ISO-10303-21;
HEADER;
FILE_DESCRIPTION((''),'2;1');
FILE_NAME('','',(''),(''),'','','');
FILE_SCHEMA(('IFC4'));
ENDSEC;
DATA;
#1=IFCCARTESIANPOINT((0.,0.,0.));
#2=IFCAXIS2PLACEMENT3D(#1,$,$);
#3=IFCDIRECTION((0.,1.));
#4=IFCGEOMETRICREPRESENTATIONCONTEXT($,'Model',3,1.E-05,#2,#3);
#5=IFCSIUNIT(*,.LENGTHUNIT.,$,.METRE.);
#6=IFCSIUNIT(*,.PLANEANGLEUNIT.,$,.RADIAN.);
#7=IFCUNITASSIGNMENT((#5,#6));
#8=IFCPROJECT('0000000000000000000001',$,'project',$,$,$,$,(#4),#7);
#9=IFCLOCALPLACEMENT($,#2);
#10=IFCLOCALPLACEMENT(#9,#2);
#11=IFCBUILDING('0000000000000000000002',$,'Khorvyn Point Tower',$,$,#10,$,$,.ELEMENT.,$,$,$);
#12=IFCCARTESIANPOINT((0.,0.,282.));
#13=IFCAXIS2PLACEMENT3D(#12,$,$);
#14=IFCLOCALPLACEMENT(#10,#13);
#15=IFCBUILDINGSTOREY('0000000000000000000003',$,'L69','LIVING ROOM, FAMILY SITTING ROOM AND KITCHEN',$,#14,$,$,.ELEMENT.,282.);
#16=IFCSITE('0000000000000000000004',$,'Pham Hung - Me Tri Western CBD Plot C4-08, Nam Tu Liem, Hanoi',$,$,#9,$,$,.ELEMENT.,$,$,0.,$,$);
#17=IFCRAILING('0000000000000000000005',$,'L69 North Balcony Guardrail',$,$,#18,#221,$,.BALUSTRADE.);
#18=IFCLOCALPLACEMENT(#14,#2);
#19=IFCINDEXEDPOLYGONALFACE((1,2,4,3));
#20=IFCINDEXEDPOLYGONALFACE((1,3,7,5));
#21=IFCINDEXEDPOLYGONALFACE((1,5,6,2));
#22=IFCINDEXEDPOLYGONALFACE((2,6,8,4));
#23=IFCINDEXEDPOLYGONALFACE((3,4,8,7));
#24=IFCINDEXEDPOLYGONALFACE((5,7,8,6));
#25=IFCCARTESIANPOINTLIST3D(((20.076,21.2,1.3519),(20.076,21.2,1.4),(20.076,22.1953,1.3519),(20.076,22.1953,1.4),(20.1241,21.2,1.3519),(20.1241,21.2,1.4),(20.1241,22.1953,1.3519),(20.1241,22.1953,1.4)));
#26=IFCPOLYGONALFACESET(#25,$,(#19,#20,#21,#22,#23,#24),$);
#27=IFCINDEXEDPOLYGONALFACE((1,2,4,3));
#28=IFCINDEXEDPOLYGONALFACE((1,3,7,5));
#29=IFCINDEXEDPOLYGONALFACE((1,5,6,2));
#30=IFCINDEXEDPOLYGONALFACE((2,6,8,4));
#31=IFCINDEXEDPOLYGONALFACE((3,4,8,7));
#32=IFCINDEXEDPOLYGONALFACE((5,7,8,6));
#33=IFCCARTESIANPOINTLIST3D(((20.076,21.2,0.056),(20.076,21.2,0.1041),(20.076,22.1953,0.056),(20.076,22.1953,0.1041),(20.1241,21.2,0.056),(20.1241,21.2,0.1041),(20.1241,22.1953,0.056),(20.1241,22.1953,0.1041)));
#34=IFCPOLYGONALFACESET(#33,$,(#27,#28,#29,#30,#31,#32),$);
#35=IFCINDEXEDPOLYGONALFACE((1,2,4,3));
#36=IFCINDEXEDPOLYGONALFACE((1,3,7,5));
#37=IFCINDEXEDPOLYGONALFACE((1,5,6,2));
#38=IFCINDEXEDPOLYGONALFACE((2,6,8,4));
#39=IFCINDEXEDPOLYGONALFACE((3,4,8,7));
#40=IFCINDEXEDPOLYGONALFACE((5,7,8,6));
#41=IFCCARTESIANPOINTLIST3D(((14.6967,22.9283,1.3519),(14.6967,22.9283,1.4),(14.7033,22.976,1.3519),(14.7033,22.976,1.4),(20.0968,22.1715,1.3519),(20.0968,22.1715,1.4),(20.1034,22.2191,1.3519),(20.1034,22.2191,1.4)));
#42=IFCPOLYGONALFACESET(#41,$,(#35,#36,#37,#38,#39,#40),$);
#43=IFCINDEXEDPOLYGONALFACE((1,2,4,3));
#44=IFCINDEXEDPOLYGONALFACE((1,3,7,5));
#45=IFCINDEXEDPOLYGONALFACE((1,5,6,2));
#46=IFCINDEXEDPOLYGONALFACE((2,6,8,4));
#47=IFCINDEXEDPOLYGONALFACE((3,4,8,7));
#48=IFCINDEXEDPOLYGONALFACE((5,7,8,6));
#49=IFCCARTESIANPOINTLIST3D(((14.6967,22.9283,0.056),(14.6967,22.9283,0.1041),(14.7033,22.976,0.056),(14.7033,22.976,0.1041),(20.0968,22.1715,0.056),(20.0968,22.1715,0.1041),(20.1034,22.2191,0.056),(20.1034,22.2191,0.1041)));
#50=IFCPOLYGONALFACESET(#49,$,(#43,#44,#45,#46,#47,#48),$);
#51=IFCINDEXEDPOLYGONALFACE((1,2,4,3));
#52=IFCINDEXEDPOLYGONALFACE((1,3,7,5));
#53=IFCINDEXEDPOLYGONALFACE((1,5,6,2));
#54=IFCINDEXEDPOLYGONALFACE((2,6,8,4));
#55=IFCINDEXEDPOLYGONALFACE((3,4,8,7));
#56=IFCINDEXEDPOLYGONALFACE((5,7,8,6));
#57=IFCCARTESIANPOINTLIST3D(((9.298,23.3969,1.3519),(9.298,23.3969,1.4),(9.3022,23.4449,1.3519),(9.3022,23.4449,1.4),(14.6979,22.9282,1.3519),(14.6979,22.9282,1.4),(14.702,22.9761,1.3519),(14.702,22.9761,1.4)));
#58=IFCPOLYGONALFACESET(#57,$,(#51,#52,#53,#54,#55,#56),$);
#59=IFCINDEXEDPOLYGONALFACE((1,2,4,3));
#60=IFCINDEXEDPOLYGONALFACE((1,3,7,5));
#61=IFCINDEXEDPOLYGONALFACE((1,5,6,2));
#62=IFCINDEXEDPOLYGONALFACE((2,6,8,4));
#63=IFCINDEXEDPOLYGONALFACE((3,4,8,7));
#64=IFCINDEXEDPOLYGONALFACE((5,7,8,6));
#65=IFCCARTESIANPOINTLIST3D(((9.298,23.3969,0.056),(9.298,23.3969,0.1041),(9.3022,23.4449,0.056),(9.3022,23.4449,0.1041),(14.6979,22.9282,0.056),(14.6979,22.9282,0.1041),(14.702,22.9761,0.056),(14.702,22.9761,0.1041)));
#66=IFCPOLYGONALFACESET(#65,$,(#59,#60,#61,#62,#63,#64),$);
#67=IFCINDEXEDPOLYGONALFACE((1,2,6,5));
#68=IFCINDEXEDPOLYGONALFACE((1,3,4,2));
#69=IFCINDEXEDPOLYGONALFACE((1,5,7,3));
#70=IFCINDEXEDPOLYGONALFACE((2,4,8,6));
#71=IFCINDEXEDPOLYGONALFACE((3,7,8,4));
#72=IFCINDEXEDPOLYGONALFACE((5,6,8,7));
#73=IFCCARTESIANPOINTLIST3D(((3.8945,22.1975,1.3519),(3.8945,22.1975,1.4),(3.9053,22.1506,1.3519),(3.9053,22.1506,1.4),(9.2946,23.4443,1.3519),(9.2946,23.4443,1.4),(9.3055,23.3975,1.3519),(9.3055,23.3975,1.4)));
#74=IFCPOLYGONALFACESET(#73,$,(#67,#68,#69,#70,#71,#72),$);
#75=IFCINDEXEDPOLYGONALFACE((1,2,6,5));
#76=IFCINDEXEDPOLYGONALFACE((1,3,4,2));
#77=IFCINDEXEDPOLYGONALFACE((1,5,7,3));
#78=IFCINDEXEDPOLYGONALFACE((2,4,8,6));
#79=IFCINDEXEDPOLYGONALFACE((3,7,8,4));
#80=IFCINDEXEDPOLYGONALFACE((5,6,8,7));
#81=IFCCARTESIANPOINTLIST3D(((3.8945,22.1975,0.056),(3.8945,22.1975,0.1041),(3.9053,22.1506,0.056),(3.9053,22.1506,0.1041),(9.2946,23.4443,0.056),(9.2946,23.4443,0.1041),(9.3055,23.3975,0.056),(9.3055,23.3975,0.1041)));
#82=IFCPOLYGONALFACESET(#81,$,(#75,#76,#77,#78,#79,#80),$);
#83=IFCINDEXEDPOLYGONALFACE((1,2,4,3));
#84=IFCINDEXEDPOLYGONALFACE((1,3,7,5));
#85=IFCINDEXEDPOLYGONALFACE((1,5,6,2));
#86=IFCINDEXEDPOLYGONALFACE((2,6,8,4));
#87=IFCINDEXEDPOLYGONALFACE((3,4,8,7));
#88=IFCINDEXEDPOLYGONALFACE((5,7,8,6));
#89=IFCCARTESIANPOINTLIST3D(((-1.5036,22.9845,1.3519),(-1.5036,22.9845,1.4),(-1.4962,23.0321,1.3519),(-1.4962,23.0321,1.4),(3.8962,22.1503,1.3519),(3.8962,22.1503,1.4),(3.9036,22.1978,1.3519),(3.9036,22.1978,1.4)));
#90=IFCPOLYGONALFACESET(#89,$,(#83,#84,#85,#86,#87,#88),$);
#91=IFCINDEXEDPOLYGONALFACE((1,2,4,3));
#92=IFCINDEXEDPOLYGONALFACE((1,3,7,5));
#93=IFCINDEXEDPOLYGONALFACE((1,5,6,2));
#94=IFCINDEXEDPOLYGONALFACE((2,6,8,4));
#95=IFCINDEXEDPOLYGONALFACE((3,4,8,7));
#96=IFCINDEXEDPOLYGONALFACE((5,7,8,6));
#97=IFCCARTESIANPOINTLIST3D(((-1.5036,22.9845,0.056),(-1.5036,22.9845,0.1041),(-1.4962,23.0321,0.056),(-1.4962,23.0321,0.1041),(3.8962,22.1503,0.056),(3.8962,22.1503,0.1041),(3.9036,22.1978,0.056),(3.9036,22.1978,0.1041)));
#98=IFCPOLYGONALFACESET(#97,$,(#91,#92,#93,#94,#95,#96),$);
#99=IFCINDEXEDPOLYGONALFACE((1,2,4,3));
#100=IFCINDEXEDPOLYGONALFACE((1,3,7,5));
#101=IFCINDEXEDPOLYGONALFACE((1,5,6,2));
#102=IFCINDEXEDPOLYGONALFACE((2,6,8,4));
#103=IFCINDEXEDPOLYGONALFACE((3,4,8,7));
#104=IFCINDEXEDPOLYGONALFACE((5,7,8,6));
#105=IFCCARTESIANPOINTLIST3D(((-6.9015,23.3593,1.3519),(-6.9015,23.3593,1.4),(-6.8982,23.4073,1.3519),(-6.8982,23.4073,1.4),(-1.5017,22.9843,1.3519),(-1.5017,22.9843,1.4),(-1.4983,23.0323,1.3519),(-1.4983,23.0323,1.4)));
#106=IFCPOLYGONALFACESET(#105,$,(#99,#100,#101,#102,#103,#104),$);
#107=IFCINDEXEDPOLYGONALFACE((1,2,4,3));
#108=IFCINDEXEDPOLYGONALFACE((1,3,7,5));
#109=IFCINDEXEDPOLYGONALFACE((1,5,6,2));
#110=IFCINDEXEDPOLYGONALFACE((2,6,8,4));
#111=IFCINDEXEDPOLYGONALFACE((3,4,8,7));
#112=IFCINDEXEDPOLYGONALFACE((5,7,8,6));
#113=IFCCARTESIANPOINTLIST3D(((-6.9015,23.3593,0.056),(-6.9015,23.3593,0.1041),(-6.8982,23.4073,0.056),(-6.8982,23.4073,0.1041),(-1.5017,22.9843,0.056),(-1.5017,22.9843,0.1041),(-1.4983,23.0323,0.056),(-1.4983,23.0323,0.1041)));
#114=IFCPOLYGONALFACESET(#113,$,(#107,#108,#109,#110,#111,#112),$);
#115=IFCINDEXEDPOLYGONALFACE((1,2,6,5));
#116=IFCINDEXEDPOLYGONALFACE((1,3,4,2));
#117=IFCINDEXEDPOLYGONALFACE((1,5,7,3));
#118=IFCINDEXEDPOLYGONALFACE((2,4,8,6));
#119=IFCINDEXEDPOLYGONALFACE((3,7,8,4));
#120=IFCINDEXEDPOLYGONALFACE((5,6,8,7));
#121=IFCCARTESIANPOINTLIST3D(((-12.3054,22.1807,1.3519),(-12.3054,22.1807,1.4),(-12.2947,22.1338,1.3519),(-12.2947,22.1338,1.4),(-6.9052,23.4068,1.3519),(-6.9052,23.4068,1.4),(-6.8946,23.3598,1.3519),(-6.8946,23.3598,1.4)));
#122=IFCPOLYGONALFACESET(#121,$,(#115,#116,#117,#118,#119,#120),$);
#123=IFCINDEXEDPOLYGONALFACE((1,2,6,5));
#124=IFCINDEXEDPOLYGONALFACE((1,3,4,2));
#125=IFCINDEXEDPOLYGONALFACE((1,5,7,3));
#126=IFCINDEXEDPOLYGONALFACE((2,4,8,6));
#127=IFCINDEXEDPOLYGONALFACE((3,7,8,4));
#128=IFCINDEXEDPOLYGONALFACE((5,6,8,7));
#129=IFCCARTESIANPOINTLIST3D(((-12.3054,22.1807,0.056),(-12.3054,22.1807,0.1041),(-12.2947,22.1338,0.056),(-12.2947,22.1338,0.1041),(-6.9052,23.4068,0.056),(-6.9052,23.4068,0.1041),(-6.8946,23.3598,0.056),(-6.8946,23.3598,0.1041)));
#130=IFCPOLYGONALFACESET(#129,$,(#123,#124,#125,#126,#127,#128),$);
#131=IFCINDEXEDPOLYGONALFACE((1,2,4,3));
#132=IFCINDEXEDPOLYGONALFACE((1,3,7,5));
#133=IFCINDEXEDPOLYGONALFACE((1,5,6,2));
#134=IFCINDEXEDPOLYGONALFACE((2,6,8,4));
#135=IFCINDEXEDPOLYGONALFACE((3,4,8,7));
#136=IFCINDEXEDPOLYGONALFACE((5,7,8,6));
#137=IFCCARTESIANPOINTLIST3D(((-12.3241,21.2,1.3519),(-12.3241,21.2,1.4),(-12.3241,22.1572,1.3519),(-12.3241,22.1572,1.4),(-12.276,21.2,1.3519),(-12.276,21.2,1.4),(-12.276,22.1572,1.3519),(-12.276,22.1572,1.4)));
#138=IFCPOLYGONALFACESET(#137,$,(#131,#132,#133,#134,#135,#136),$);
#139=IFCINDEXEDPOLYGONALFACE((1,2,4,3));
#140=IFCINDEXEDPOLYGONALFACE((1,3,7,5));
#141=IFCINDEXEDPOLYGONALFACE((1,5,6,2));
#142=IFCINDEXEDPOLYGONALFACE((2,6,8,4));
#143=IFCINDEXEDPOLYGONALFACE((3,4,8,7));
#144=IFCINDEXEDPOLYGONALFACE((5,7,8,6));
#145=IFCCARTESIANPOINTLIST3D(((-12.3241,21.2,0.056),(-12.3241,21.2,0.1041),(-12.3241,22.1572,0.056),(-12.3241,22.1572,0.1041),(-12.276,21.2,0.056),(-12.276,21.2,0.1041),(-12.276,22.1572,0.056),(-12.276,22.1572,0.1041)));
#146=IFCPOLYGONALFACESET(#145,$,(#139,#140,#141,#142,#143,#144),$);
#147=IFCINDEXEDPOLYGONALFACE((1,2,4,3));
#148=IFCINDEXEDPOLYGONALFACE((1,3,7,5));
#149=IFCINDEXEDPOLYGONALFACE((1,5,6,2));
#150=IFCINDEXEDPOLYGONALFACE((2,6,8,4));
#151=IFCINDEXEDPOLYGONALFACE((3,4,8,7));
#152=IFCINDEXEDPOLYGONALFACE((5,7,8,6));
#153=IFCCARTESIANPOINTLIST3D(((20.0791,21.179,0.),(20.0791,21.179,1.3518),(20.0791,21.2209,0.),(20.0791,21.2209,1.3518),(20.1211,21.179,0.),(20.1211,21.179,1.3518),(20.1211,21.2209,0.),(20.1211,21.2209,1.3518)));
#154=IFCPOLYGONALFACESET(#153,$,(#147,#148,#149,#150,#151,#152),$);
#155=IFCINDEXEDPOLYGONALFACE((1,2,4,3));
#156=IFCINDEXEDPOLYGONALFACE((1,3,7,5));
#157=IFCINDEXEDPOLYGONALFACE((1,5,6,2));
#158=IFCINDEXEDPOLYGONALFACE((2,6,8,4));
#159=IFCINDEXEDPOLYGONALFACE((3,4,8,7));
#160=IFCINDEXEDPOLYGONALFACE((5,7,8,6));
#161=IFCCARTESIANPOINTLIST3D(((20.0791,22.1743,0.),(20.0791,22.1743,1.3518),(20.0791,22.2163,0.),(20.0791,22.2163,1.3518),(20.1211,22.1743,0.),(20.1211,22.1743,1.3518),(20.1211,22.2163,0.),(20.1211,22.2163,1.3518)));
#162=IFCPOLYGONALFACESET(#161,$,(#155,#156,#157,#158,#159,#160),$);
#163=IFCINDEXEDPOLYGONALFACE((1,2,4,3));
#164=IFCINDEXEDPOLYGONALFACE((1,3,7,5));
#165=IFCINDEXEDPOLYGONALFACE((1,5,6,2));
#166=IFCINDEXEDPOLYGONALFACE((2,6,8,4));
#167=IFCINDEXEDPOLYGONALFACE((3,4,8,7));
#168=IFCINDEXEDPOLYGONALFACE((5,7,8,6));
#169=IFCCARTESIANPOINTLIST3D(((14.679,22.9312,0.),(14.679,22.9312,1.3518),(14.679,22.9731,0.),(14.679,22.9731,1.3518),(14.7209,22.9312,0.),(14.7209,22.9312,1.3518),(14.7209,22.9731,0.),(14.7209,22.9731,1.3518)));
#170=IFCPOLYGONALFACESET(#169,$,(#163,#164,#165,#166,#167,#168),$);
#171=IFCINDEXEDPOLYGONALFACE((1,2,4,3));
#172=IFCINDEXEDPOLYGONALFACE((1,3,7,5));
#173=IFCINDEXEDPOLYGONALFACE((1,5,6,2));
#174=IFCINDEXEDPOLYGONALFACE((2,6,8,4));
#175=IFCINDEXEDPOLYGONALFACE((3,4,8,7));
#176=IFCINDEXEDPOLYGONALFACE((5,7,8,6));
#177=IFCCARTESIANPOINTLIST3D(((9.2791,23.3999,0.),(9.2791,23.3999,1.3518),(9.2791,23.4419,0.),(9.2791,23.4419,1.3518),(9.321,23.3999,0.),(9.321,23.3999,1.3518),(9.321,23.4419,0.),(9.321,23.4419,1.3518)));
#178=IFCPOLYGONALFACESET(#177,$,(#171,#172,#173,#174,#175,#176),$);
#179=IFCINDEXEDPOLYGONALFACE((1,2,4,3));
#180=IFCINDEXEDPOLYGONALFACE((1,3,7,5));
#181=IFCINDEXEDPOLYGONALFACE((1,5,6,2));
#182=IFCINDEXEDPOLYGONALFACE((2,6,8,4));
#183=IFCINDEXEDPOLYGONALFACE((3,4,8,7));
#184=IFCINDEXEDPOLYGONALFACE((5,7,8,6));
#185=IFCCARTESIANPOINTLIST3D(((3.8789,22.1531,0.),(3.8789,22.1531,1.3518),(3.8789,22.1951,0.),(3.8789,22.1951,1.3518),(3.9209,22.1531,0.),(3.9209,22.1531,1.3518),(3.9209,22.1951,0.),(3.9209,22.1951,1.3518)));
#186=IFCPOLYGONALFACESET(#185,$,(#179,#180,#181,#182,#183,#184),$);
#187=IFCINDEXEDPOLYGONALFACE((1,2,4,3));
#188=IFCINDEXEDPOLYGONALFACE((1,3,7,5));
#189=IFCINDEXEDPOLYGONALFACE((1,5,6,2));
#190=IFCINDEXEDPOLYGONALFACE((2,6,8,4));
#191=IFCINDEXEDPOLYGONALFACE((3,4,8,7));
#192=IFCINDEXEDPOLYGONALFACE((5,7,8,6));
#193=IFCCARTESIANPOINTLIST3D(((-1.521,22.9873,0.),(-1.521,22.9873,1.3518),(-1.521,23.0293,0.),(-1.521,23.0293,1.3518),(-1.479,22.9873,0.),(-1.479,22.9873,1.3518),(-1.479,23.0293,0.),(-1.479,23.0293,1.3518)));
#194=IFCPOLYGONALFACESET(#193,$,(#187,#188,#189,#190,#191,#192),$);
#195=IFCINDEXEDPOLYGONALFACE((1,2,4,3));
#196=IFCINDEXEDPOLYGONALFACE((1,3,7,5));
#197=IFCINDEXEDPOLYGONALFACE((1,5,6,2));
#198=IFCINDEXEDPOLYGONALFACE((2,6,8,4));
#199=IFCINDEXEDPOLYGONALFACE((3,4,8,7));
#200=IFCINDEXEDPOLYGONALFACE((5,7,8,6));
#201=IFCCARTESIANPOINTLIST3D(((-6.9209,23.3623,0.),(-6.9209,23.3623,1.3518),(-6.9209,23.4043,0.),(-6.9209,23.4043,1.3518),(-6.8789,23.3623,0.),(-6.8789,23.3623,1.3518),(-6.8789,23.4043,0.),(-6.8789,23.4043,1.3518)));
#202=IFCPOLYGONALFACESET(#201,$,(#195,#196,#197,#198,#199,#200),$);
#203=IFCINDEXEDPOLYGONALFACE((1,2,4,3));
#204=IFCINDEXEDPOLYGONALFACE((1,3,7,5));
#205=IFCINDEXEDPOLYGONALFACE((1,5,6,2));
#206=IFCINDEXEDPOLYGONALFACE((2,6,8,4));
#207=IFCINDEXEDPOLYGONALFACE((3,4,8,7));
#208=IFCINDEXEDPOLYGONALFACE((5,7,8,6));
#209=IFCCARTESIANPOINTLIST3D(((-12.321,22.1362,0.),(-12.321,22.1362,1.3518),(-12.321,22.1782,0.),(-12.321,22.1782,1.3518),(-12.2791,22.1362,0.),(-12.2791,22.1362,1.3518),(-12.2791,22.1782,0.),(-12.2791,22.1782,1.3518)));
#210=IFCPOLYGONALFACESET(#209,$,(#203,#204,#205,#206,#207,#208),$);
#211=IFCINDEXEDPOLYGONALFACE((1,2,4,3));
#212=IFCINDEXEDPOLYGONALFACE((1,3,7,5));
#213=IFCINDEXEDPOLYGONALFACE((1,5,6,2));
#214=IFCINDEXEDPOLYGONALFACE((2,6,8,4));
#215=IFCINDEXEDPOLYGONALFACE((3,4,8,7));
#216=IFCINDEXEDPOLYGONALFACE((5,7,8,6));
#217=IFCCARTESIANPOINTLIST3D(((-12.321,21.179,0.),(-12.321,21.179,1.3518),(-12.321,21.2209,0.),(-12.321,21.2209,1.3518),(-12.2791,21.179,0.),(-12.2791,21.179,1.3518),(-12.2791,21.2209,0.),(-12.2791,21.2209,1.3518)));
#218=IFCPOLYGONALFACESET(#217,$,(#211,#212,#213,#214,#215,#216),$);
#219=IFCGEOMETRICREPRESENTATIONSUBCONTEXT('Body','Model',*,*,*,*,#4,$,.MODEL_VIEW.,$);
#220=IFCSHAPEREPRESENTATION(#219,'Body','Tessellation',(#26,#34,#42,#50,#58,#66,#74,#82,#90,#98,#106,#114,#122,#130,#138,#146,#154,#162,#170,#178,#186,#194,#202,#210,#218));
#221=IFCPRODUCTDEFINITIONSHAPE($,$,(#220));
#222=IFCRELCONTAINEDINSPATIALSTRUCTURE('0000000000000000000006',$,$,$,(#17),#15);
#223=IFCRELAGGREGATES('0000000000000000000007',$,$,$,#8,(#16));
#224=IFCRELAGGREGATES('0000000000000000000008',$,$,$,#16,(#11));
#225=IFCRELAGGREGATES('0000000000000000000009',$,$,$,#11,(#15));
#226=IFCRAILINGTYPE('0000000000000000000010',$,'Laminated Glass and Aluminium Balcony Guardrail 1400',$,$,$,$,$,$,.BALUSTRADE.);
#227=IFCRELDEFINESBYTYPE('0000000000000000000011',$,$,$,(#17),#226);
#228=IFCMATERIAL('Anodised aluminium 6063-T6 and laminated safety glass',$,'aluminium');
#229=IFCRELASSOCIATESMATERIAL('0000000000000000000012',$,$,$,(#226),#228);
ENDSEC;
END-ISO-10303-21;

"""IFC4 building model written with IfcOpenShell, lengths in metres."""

from ifc_helpers import new_model, si_unit, direction, frame, origin, origin_2d, place, context, subcontext, project, spatial, rectangle, extrude, material, type_object, element, save


model = new_model("IFC4")

# Units and contexts
model_context = context("Model", 3, precision=1e-05, world=origin(), true_north=direction((0.0, 1.0)))
body_context = subcontext(model_context, "Body", "Model", "MODEL_VIEW")
ifc_project = project(units=[si_unit("LENGTHUNIT", "METRE"), si_unit("PLANEANGLEUNIT", "RADIAN")], contexts=[model_context])

# Site, building, storey
site_placement = place(None, origin())
site = spatial("IfcSite", under=ifc_project, at=site_placement, Name="Pham Hung - Me Tri Western CBD Plot C4-08, Nam Tu Liem, Hanoi", CompositionType="ELEMENT", RefElevation=0.0)
building_placement = place(site_placement, origin())
building = spatial("IfcBuilding", under=site, at=building_placement, Name="Khorvyn Point Tower", CompositionType="ELEMENT")
storey_placement = place(building_placement, frame((0.0, 0.0, 282.0)))
storey = spatial("IfcBuildingStorey", under=building, at=storey_placement, Name="L69", Description="LIVING ROOM, FAMILY SITTING ROOM AND KITCHEN", CompositionType="ELEMENT", Elevation=282.0)

# Railing
ifc_material_1 = material(Name="Anodised aluminium 6063-T6 and laminated safety glass", Category="aluminium")
railing_type = type_object("IfcRailingType", Name="Laminated Glass and Aluminium Balcony Guardrail 1400", PredefinedType="BALUSTRADE", material=ifc_material_1)
railing_1_placement = place(storey_placement, frame((20.1001, 21.2, 0.0)))
element("IfcRailing", 1, at=railing_1_placement, inside=storey, type_object=railing_type, Name="L69 North Balcony Guardrail", PredefinedType="BALUSTRADE", context=body_context, shape_type="SweptSolid", body=[
    extrude(rectangle(XDim=0.0481, YDim=0.0481, at=origin_2d()), frame((0.0, 0.0, 1.376), z_axis=(0.0, 1.0, 0.0), x_axis=(-1.0, 0.0, 0.0)), (0.0, 0.0, 1.0), 0.9954),
    extrude(rectangle(XDim=0.0481, YDim=0.0481, at=origin_2d()), frame((0.0, 0.0, 0.0801), z_axis=(0.0, 1.0, 0.0), x_axis=(-1.0, 0.0, 0.0)), (0.0, 0.0, 1.0), 0.9954),
    extrude(rectangle(XDim=0.0481, YDim=0.0481, at=origin_2d()), frame((0.0, 0.9954, 1.376), z_axis=(-0.990321, 0.138795, 0.0), x_axis=(-0.138795, -0.990321, 0.0)), (0.0, 0.0, 1.0), 5.4529),
    extrude(rectangle(XDim=0.0481, YDim=0.0481, at=origin_2d()), frame((0.0, 0.9954, 0.0801), z_axis=(-0.990321, 0.138795, 0.0), x_axis=(-0.138795, -0.990321, 0.0)), (0.0, 0.0, 1.0), 5.4529),
    extrude(rectangle(XDim=0.0481, YDim=0.0481, at=origin_2d()), frame((-5.4001, 1.7522, 1.376), z_axis=(-0.996253, 0.086482, 0.0), x_axis=(-0.086482, -0.996253, 0.0)), (0.0, 0.0, 1.0), 5.4202),
    extrude(rectangle(XDim=0.0481, YDim=0.0481, at=origin_2d()), frame((-5.4001, 1.7522, 0.0801), z_axis=(-0.996253, 0.086482, 0.0), x_axis=(-0.086482, -0.996253, 0.0)), (0.0, 0.0, 1.0), 5.4202),
    extrude(rectangle(XDim=0.0481, YDim=0.0481, at=origin_2d()), frame((-10.8, 2.2209, 1.376), z_axis=(-0.974366, -0.224969, 0.0), x_axis=(0.224969, -0.974366, 0.0)), (0.0, 0.0, 1.0), 5.5422),
    extrude(rectangle(XDim=0.0481, YDim=0.0481, at=origin_2d()), frame((-10.8, 2.2209, 0.0801), z_axis=(-0.974366, -0.224969, 0.0), x_axis=(0.224969, -0.974366, 0.0)), (0.0, 0.0, 1.0), 5.5422),
    extrude(rectangle(XDim=0.0481, YDim=0.0481, at=origin_2d()), frame((-16.2002, 0.9741, 1.376), z_axis=(-0.988276, 0.152678, 0.0), x_axis=(-0.152678, -0.988276, 0.0)), (0.0, 0.0, 1.0), 5.4639),
    extrude(rectangle(XDim=0.0481, YDim=0.0481, at=origin_2d()), frame((-16.2002, 0.9741, 0.0801), z_axis=(-0.988276, 0.152678, 0.0), x_axis=(-0.152678, -0.988276, 0.0)), (0.0, 0.0, 1.0), 5.4639),
    extrude(rectangle(XDim=0.0481, YDim=0.0481, at=origin_2d()), frame((-21.6001, 1.8083, 1.376), z_axis=(-0.997597, 0.069279, 0.0), x_axis=(-0.069279, -0.997597, 0.0)), (0.0, 0.0, 1.0), 5.4128),
    extrude(rectangle(XDim=0.0481, YDim=0.0481, at=origin_2d()), frame((-21.6001, 1.8083, 0.0801), z_axis=(-0.997597, 0.069279, 0.0), x_axis=(-0.069279, -0.997597, 0.0)), (0.0, 0.0, 1.0), 5.4128),
    extrude(rectangle(XDim=0.0481, YDim=0.0481, at=origin_2d()), frame((-27.0, 2.1833, 1.376), z_axis=(-0.975181, -0.22141, 0.0), x_axis=(0.22141, -0.975181, 0.0)), (0.0, 0.0, 1.0), 5.5376),
    extrude(rectangle(XDim=0.0481, YDim=0.0481, at=origin_2d()), frame((-27.0, 2.1833, 0.0801), z_axis=(-0.975181, -0.22141, 0.0), x_axis=(0.22141, -0.975181, 0.0)), (0.0, 0.0, 1.0), 5.5376),
    extrude(rectangle(XDim=0.0481, YDim=0.0481, at=origin_2d()), frame((-32.4001, 0.9573, 1.376), z_axis=(0.0, -1.0, 0.0), x_axis=(1.0, 0.0, 0.0)), (0.0, 0.0, 1.0), 0.9573),
    extrude(rectangle(XDim=0.0481, YDim=0.0481, at=origin_2d()), frame((-32.4001, 0.9573, 0.0801), z_axis=(0.0, -1.0, 0.0), x_axis=(1.0, 0.0, 0.0)), (0.0, 0.0, 1.0), 0.9573),
    extrude(rectangle(XDim=0.042, YDim=0.042, at=origin_2d()), origin(), (0.0, 0.0, 1.0), 1.3518),
    extrude(rectangle(XDim=0.042, YDim=0.042, at=origin_2d()), frame((0.0, 0.9954, 0.0)), (0.0, 0.0, 1.0), 1.3518),
    extrude(rectangle(XDim=0.042, YDim=0.042, at=origin_2d()), frame((-5.4001, 1.7522, 0.0)), (0.0, 0.0, 1.0), 1.3518),
    extrude(rectangle(XDim=0.042, YDim=0.042, at=origin_2d()), frame((-10.8, 2.2209, 0.0)), (0.0, 0.0, 1.0), 1.3518),
    extrude(rectangle(XDim=0.042, YDim=0.042, at=origin_2d()), frame((-16.2002, 0.9741, 0.0)), (0.0, 0.0, 1.0), 1.3518),
    extrude(rectangle(XDim=0.042, YDim=0.042, at=origin_2d()), frame((-21.6001, 1.8083, 0.0)), (0.0, 0.0, 1.0), 1.3518),
    extrude(rectangle(XDim=0.042, YDim=0.042, at=origin_2d()), frame((-27.0, 2.1833, 0.0)), (0.0, 0.0, 1.0), 1.3518),
    extrude(rectangle(XDim=0.042, YDim=0.042, at=origin_2d()), frame((-32.4001, 0.9573, 0.0)), (0.0, 0.0, 1.0), 1.3518),
    extrude(rectangle(XDim=0.042, YDim=0.042, at=origin_2d()), frame((-32.4001, 0.0, 0.0)), (0.0, 0.0, 1.0), 1.3518),
])

save(model, "model.ifc")
